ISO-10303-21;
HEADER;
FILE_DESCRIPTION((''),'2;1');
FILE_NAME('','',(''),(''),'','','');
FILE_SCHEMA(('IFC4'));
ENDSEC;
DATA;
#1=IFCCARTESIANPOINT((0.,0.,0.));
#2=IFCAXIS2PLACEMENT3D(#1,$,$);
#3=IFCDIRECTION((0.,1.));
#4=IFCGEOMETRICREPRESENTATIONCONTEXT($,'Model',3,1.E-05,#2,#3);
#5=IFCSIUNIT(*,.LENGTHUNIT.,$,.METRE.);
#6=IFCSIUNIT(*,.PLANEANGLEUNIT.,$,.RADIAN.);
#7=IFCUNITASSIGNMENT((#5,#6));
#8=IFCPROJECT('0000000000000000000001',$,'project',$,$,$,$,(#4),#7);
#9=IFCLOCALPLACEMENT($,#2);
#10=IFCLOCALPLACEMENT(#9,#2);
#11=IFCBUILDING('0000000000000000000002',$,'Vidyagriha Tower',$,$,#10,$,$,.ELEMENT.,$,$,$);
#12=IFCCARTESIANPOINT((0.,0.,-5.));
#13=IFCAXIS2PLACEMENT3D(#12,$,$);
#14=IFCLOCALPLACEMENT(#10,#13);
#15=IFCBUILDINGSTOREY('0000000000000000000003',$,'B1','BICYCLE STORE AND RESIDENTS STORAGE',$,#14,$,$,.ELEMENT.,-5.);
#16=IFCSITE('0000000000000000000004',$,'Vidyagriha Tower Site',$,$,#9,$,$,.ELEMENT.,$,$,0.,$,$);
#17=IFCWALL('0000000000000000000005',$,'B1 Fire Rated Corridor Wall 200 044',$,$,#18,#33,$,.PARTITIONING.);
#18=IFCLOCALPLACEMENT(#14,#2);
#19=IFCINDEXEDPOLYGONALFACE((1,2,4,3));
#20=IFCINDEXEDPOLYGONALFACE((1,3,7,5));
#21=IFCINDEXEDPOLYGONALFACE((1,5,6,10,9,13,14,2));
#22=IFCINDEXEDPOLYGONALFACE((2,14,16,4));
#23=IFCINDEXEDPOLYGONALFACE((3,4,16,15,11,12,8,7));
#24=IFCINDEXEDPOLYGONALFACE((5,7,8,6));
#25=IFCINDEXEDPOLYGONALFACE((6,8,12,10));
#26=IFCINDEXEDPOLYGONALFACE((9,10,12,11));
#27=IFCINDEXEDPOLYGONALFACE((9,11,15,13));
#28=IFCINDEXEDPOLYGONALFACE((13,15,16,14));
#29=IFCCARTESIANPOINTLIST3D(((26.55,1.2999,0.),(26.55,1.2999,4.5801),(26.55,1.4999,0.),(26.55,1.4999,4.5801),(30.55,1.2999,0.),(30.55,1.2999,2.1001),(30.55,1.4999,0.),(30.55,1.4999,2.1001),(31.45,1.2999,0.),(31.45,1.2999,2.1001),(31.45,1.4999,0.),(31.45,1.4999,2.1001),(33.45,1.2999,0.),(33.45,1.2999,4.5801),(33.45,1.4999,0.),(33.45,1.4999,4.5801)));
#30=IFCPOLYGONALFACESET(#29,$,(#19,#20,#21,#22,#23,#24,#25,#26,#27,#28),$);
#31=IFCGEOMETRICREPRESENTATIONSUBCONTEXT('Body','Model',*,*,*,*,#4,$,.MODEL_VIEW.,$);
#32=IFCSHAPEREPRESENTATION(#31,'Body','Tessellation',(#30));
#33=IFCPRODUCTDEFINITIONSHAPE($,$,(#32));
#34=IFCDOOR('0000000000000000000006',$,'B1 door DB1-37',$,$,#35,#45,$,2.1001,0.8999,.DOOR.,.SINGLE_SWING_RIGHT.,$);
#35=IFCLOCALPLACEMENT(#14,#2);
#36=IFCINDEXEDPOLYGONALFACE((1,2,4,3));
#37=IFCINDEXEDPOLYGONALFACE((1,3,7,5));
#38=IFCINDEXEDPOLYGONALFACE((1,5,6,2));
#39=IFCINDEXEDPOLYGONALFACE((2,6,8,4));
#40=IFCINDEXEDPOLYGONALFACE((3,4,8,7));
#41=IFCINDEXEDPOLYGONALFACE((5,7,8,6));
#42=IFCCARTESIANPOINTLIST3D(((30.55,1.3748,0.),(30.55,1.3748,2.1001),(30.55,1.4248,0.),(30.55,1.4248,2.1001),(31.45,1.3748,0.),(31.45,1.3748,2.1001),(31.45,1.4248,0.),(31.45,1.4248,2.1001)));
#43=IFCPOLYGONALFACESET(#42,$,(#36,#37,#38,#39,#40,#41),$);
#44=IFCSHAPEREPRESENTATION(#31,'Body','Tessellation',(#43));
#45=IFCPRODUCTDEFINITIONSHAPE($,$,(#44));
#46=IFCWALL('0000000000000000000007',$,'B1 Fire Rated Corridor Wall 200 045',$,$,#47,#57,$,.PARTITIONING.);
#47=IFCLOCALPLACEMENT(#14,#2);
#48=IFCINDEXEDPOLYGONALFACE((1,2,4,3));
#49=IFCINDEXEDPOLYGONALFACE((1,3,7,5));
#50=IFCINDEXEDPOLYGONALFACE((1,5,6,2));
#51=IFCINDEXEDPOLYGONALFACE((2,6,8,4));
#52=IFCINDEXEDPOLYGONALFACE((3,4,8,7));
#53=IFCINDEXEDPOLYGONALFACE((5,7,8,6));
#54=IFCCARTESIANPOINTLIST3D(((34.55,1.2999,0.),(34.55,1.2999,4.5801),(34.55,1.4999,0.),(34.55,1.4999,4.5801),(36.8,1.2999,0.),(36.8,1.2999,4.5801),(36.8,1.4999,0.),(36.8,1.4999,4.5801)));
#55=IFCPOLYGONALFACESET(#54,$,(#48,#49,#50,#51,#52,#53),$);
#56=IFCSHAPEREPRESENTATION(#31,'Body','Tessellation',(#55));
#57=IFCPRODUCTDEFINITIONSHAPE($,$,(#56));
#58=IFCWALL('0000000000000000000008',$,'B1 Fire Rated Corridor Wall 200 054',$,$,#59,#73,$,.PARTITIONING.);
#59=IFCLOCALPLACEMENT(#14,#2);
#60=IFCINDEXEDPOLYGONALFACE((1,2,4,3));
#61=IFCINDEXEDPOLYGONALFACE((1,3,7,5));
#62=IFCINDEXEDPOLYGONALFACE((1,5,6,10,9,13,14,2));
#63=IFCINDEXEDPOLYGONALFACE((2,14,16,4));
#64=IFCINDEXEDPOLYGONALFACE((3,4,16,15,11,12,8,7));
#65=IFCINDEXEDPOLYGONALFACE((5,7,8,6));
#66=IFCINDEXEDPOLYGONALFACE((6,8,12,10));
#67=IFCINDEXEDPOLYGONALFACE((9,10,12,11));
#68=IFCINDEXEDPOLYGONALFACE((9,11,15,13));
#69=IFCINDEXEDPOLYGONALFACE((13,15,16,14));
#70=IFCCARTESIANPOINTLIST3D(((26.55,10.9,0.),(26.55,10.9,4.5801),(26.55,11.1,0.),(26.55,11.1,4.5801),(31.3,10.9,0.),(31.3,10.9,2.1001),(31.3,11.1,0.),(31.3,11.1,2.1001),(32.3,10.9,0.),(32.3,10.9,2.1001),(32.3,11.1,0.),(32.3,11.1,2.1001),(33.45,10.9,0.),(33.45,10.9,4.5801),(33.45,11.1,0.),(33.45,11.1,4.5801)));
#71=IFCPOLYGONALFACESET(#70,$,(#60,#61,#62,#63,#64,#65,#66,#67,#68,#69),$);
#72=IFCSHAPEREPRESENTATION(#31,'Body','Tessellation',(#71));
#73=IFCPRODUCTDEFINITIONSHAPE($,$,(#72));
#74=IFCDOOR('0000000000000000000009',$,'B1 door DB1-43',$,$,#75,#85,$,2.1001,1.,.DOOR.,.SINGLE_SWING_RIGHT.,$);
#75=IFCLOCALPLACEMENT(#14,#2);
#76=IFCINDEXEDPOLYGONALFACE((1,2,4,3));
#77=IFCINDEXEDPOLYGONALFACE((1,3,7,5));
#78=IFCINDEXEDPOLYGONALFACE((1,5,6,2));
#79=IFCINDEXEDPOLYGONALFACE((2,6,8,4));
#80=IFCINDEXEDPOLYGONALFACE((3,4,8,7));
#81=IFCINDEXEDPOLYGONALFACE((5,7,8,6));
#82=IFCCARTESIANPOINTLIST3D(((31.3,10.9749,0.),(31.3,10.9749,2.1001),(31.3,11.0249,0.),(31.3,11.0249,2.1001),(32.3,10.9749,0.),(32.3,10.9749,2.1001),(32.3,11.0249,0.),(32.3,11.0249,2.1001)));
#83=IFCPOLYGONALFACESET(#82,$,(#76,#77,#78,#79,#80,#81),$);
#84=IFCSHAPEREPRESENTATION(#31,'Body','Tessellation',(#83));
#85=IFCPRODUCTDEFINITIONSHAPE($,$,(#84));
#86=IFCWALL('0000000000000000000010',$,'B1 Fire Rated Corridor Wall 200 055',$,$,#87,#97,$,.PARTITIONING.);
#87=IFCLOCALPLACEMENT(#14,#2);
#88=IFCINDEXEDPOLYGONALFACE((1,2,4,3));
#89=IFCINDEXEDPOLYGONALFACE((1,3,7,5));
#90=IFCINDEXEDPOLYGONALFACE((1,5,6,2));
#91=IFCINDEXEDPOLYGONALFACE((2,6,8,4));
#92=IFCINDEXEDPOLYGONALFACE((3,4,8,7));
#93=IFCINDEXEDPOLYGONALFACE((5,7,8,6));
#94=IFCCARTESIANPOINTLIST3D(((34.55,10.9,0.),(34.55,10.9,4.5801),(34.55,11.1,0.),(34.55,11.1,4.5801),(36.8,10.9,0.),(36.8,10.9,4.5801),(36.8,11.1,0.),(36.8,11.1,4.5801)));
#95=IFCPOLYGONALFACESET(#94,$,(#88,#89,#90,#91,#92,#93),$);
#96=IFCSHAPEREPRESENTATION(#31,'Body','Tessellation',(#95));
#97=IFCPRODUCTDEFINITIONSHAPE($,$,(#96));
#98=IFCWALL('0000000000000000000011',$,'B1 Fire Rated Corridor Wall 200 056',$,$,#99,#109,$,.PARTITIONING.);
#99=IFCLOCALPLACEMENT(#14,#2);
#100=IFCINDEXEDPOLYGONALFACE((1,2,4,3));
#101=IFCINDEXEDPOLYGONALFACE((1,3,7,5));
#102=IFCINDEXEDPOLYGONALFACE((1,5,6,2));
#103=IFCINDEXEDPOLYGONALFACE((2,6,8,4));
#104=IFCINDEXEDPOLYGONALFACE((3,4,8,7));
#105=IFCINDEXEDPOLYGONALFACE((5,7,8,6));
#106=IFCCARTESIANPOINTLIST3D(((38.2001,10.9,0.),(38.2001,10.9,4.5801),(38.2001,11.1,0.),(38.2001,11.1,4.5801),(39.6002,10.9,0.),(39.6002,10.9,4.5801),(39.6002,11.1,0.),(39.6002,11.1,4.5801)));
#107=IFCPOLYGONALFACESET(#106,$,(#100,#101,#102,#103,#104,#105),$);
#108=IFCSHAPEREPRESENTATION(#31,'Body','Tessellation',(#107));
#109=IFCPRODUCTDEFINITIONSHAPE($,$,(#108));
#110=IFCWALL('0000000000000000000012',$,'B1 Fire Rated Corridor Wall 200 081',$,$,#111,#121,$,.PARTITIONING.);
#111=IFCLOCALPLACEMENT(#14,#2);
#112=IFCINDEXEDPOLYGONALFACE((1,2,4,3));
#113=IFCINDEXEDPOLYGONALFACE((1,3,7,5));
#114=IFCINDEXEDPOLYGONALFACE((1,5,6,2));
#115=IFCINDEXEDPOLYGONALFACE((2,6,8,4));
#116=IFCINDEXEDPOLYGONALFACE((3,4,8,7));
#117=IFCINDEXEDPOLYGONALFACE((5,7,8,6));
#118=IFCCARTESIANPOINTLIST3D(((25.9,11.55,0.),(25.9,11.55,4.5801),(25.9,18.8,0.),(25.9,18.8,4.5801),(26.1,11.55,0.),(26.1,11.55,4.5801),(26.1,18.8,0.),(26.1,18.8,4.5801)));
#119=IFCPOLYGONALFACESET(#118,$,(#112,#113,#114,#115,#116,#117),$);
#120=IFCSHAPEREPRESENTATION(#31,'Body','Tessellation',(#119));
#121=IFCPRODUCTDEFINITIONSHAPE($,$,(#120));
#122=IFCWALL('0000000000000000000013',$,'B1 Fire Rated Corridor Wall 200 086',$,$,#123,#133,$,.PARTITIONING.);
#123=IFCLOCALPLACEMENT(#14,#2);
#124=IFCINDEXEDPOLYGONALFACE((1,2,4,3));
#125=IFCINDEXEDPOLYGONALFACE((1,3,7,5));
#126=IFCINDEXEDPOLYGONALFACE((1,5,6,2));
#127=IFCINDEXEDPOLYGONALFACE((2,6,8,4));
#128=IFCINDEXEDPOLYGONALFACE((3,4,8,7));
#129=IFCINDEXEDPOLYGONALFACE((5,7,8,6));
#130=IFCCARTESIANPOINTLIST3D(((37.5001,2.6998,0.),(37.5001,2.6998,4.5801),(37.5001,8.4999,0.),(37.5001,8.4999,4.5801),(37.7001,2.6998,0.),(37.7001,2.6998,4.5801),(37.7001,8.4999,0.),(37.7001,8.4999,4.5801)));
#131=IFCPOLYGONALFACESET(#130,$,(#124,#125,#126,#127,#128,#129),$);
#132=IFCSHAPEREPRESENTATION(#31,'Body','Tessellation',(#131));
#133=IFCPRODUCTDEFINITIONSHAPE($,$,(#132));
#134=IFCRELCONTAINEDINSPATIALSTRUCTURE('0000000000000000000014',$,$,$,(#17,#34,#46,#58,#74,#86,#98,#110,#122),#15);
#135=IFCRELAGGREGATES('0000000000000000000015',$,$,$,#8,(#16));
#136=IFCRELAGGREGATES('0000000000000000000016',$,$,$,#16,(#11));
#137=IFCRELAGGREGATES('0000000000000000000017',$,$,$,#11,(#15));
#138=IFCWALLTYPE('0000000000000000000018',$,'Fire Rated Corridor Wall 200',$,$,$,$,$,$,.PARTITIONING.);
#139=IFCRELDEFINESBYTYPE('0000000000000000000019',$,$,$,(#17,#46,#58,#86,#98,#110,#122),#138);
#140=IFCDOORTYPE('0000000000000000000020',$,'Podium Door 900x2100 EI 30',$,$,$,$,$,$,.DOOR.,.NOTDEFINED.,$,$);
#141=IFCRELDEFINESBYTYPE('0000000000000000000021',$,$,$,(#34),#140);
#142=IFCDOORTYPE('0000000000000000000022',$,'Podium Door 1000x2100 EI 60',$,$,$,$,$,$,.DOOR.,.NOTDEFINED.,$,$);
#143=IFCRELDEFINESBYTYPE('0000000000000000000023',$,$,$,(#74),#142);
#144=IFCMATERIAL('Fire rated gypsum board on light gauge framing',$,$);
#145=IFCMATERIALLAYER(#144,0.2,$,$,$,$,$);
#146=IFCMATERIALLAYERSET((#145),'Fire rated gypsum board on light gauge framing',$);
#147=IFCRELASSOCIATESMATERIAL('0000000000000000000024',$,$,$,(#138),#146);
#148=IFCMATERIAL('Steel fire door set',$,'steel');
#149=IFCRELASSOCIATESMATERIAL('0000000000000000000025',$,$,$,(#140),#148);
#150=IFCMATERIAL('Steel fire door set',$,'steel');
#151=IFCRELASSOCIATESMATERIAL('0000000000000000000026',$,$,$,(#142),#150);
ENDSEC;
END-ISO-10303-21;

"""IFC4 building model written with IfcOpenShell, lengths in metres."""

from ifc_helpers import new_model, si_unit, direction, frame, frame_2d, origin, place, context, subcontext, project, spatial, rectangle, extrude, material, layer, layer_set, type_object, element, fill, save


model = new_model("IFC4")

# Units and contexts
model_context = context("Model", 3, precision=1e-05, world=origin(), true_north=direction((0.0, 1.0)))
body_context = subcontext(model_context, "Body", "Model", "MODEL_VIEW")
ifc_project = project(units=[si_unit("LENGTHUNIT", "METRE"), si_unit("PLANEANGLEUNIT", "RADIAN")], contexts=[model_context])

# Site, building, storey
site_placement = place(None, origin())
site = spatial("IfcSite", under=ifc_project, at=site_placement, Name="Vidyagriha Tower Site", CompositionType="ELEMENT", RefElevation=0.0)
building_placement = place(site_placement, origin())
building = spatial("IfcBuilding", under=site, at=building_placement, Name="Vidyagriha Tower", CompositionType="ELEMENT")
storey_placement = place(building_placement, frame((0.0, 0.0, -5.0)))
storey = spatial("IfcBuildingStorey", under=building, at=storey_placement, Name="B1", Description="BICYCLE STORE AND RESIDENTS STORAGE", CompositionType="ELEMENT", Elevation=-5.0)

# Shared definitions
ifc_material_1 = material(Name="Fire rated gypsum board on light gauge framing")
ifc_layer = layer(ifc_material_1, 0.2)
ifc_layer_set = layer_set([ifc_layer], Name="Fire rated gypsum board on light gauge framing")
wall_type = type_object("IfcWallType", Name="Fire Rated Corridor Wall 200", PredefinedType="PARTITIONING", material=ifc_layer_set)

# Wall, opening, door
wall_1_placement = place(storey_placement, frame((26.55, 1.3999, 0.0)))
wall_1 = element("IfcWall", 1, at=wall_1_placement, inside=storey, type_object=wall_type, Name="B1 Fire Rated Corridor Wall 200 044", PredefinedType="PARTITIONING", context=body_context, shape_type="SweptSolid", body=[
    extrude(rectangle(XDim=6.8999, YDim=0.2, at=frame_2d((3.45, 0.0))), origin(), (0.0, 0.0, 1.0), 4.5801),
])
opening_1_placement = place(wall_1_placement, frame((4.0, 0.0, 0.0)))
opening_1 = element("IfcOpeningElement", 2, at=opening_1_placement, cuts=wall_1, PredefinedType="OPENING", context=body_context, shape_type="SweptSolid", body=[
    extrude(rectangle(XDim=0.8999, YDim=2.1001, at=frame_2d((0.45, 1.05))), frame((0.0, 0.1099, 0.0), z_axis=(0.0, -1.0, 0.0), x_axis=(1.0, 0.0, 0.0)), (0.0, 0.0, 1.0), 0.22),
])
ifc_material_2 = material(Name="Steel fire door set", Category="steel")
door_type_1 = type_object("IfcDoorType", Name="Podium Door 900x2100 EI 30", OperationType="NOTDEFINED", PredefinedType="DOOR", material=ifc_material_2)
door_1_placement = place(opening_1_placement, origin())
door_1 = element("IfcDoor", 3, at=door_1_placement, inside=storey, type_object=door_type_1, Name="B1 door DB1-37", OperationType="SINGLE_SWING_RIGHT", OverallHeight=2.1001, OverallWidth=0.8999, PredefinedType="DOOR", context=body_context, shape_type="SweptSolid", body=[
    extrude(rectangle(XDim=0.8999, YDim=2.1001, at=frame_2d((0.45, 1.05))), frame((0.0, 0.0249, 0.0), z_axis=(0.0, -1.0, 0.0), x_axis=(1.0, 0.0, 0.0)), (0.0, 0.0, 1.0), 0.05),
])
fill(opening_1, door_1)

# Wall
wall_2_placement = place(storey_placement, frame((34.55, 1.3999, 0.0)))
element("IfcWall", 4, at=wall_2_placement, inside=storey, type_object=wall_type, Name="B1 Fire Rated Corridor Wall 200 045", PredefinedType="PARTITIONING", context=body_context, shape_type="SweptSolid", body=[
    extrude(rectangle(XDim=2.25, YDim=0.2, at=frame_2d((1.125, 0.0))), origin(), (0.0, 0.0, 1.0), 4.5801),
])

# Wall, opening, door
wall_3_placement = place(storey_placement, frame((26.55, 11.0, 0.0)))
wall_3 = element("IfcWall", 5, at=wall_3_placement, inside=storey, type_object=wall_type, Name="B1 Fire Rated Corridor Wall 200 054", PredefinedType="PARTITIONING", context=body_context, shape_type="SweptSolid", body=[
    extrude(rectangle(XDim=6.8999, YDim=0.2, at=frame_2d((3.45, 0.0))), origin(), (0.0, 0.0, 1.0), 4.5801),
])
opening_2_placement = place(wall_3_placement, frame((4.75, 0.0, 0.0)))
opening_2 = element("IfcOpeningElement", 6, at=opening_2_placement, cuts=wall_3, PredefinedType="OPENING", context=body_context, shape_type="SweptSolid", body=[
    extrude(rectangle(XDim=1.0, YDim=2.1001, at=frame_2d((0.5, 1.05))), frame((0.0, 0.1099, 0.0), z_axis=(0.0, -1.0, 0.0), x_axis=(1.0, 0.0, 0.0)), (0.0, 0.0, 1.0), 0.22),
])
ifc_material_3 = material(Name="Steel fire door set", Category="steel")
door_type_2 = type_object("IfcDoorType", Name="Podium Door 1000x2100 EI 60", OperationType="NOTDEFINED", PredefinedType="DOOR", material=ifc_material_3)
door_2_placement = place(opening_2_placement, origin())
door_2 = element("IfcDoor", 7, at=door_2_placement, inside=storey, type_object=door_type_2, Name="B1 door DB1-43", OperationType="SINGLE_SWING_RIGHT", OverallHeight=2.1001, OverallWidth=1.0, PredefinedType="DOOR", context=body_context, shape_type="SweptSolid", body=[
    extrude(rectangle(XDim=1.0, YDim=2.1001, at=frame_2d((0.5, 1.05))), frame((0.0, 0.0249, 0.0), z_axis=(0.0, -1.0, 0.0), x_axis=(1.0, 0.0, 0.0)), (0.0, 0.0, 1.0), 0.05),
])
fill(opening_2, door_2)

# Walls
wall_4_placement = place(storey_placement, frame((34.55, 11.0, 0.0)))
element("IfcWall", 8, at=wall_4_placement, inside=storey, type_object=wall_type, Name="B1 Fire Rated Corridor Wall 200 055", PredefinedType="PARTITIONING", context=body_context, shape_type="SweptSolid", body=[
    extrude(rectangle(XDim=2.25, YDim=0.2, at=frame_2d((1.125, 0.0))), origin(), (0.0, 0.0, 1.0), 4.5801),
])
wall_5_placement = place(storey_placement, frame((38.2, 11.0, 0.0)))
element("IfcWall", 9, at=wall_5_placement, inside=storey, type_object=wall_type, Name="B1 Fire Rated Corridor Wall 200 056", PredefinedType="PARTITIONING", context=body_context, shape_type="SweptSolid", body=[
    extrude(rectangle(XDim=1.4001, YDim=0.2, at=frame_2d((0.7002, 0.0))), origin(), (0.0, 0.0, 1.0), 4.5801),
])
wall_6_placement = place(storey_placement, frame((26.0, 11.55, 0.0), z_axis=(0.0, 0.0, 1.0), x_axis=(0.0, 1.0, 0.0)))
element("IfcWall", 10, at=wall_6_placement, inside=storey, type_object=wall_type, Name="B1 Fire Rated Corridor Wall 200 081", PredefinedType="PARTITIONING", context=body_context, shape_type="SweptSolid", body=[
    extrude(rectangle(XDim=7.25, YDim=0.2, at=frame_2d((3.625, 0.0))), origin(), (0.0, 0.0, 1.0), 4.5801),
])
wall_7_placement = place(storey_placement, frame((37.6001, 2.7, 0.0), z_axis=(0.0, 0.0, 1.0), x_axis=(0.0, 1.0, 0.0)))
element("IfcWall", 11, at=wall_7_placement, inside=storey, type_object=wall_type, Name="B1 Fire Rated Corridor Wall 200 086", PredefinedType="PARTITIONING", context=body_context, shape_type="SweptSolid", body=[
    extrude(rectangle(XDim=5.8, YDim=0.2, at=frame_2d((2.8999, 0.0))), origin(), (0.0, 0.0, 1.0), 4.5801),
])

save(model, "model.ifc")
